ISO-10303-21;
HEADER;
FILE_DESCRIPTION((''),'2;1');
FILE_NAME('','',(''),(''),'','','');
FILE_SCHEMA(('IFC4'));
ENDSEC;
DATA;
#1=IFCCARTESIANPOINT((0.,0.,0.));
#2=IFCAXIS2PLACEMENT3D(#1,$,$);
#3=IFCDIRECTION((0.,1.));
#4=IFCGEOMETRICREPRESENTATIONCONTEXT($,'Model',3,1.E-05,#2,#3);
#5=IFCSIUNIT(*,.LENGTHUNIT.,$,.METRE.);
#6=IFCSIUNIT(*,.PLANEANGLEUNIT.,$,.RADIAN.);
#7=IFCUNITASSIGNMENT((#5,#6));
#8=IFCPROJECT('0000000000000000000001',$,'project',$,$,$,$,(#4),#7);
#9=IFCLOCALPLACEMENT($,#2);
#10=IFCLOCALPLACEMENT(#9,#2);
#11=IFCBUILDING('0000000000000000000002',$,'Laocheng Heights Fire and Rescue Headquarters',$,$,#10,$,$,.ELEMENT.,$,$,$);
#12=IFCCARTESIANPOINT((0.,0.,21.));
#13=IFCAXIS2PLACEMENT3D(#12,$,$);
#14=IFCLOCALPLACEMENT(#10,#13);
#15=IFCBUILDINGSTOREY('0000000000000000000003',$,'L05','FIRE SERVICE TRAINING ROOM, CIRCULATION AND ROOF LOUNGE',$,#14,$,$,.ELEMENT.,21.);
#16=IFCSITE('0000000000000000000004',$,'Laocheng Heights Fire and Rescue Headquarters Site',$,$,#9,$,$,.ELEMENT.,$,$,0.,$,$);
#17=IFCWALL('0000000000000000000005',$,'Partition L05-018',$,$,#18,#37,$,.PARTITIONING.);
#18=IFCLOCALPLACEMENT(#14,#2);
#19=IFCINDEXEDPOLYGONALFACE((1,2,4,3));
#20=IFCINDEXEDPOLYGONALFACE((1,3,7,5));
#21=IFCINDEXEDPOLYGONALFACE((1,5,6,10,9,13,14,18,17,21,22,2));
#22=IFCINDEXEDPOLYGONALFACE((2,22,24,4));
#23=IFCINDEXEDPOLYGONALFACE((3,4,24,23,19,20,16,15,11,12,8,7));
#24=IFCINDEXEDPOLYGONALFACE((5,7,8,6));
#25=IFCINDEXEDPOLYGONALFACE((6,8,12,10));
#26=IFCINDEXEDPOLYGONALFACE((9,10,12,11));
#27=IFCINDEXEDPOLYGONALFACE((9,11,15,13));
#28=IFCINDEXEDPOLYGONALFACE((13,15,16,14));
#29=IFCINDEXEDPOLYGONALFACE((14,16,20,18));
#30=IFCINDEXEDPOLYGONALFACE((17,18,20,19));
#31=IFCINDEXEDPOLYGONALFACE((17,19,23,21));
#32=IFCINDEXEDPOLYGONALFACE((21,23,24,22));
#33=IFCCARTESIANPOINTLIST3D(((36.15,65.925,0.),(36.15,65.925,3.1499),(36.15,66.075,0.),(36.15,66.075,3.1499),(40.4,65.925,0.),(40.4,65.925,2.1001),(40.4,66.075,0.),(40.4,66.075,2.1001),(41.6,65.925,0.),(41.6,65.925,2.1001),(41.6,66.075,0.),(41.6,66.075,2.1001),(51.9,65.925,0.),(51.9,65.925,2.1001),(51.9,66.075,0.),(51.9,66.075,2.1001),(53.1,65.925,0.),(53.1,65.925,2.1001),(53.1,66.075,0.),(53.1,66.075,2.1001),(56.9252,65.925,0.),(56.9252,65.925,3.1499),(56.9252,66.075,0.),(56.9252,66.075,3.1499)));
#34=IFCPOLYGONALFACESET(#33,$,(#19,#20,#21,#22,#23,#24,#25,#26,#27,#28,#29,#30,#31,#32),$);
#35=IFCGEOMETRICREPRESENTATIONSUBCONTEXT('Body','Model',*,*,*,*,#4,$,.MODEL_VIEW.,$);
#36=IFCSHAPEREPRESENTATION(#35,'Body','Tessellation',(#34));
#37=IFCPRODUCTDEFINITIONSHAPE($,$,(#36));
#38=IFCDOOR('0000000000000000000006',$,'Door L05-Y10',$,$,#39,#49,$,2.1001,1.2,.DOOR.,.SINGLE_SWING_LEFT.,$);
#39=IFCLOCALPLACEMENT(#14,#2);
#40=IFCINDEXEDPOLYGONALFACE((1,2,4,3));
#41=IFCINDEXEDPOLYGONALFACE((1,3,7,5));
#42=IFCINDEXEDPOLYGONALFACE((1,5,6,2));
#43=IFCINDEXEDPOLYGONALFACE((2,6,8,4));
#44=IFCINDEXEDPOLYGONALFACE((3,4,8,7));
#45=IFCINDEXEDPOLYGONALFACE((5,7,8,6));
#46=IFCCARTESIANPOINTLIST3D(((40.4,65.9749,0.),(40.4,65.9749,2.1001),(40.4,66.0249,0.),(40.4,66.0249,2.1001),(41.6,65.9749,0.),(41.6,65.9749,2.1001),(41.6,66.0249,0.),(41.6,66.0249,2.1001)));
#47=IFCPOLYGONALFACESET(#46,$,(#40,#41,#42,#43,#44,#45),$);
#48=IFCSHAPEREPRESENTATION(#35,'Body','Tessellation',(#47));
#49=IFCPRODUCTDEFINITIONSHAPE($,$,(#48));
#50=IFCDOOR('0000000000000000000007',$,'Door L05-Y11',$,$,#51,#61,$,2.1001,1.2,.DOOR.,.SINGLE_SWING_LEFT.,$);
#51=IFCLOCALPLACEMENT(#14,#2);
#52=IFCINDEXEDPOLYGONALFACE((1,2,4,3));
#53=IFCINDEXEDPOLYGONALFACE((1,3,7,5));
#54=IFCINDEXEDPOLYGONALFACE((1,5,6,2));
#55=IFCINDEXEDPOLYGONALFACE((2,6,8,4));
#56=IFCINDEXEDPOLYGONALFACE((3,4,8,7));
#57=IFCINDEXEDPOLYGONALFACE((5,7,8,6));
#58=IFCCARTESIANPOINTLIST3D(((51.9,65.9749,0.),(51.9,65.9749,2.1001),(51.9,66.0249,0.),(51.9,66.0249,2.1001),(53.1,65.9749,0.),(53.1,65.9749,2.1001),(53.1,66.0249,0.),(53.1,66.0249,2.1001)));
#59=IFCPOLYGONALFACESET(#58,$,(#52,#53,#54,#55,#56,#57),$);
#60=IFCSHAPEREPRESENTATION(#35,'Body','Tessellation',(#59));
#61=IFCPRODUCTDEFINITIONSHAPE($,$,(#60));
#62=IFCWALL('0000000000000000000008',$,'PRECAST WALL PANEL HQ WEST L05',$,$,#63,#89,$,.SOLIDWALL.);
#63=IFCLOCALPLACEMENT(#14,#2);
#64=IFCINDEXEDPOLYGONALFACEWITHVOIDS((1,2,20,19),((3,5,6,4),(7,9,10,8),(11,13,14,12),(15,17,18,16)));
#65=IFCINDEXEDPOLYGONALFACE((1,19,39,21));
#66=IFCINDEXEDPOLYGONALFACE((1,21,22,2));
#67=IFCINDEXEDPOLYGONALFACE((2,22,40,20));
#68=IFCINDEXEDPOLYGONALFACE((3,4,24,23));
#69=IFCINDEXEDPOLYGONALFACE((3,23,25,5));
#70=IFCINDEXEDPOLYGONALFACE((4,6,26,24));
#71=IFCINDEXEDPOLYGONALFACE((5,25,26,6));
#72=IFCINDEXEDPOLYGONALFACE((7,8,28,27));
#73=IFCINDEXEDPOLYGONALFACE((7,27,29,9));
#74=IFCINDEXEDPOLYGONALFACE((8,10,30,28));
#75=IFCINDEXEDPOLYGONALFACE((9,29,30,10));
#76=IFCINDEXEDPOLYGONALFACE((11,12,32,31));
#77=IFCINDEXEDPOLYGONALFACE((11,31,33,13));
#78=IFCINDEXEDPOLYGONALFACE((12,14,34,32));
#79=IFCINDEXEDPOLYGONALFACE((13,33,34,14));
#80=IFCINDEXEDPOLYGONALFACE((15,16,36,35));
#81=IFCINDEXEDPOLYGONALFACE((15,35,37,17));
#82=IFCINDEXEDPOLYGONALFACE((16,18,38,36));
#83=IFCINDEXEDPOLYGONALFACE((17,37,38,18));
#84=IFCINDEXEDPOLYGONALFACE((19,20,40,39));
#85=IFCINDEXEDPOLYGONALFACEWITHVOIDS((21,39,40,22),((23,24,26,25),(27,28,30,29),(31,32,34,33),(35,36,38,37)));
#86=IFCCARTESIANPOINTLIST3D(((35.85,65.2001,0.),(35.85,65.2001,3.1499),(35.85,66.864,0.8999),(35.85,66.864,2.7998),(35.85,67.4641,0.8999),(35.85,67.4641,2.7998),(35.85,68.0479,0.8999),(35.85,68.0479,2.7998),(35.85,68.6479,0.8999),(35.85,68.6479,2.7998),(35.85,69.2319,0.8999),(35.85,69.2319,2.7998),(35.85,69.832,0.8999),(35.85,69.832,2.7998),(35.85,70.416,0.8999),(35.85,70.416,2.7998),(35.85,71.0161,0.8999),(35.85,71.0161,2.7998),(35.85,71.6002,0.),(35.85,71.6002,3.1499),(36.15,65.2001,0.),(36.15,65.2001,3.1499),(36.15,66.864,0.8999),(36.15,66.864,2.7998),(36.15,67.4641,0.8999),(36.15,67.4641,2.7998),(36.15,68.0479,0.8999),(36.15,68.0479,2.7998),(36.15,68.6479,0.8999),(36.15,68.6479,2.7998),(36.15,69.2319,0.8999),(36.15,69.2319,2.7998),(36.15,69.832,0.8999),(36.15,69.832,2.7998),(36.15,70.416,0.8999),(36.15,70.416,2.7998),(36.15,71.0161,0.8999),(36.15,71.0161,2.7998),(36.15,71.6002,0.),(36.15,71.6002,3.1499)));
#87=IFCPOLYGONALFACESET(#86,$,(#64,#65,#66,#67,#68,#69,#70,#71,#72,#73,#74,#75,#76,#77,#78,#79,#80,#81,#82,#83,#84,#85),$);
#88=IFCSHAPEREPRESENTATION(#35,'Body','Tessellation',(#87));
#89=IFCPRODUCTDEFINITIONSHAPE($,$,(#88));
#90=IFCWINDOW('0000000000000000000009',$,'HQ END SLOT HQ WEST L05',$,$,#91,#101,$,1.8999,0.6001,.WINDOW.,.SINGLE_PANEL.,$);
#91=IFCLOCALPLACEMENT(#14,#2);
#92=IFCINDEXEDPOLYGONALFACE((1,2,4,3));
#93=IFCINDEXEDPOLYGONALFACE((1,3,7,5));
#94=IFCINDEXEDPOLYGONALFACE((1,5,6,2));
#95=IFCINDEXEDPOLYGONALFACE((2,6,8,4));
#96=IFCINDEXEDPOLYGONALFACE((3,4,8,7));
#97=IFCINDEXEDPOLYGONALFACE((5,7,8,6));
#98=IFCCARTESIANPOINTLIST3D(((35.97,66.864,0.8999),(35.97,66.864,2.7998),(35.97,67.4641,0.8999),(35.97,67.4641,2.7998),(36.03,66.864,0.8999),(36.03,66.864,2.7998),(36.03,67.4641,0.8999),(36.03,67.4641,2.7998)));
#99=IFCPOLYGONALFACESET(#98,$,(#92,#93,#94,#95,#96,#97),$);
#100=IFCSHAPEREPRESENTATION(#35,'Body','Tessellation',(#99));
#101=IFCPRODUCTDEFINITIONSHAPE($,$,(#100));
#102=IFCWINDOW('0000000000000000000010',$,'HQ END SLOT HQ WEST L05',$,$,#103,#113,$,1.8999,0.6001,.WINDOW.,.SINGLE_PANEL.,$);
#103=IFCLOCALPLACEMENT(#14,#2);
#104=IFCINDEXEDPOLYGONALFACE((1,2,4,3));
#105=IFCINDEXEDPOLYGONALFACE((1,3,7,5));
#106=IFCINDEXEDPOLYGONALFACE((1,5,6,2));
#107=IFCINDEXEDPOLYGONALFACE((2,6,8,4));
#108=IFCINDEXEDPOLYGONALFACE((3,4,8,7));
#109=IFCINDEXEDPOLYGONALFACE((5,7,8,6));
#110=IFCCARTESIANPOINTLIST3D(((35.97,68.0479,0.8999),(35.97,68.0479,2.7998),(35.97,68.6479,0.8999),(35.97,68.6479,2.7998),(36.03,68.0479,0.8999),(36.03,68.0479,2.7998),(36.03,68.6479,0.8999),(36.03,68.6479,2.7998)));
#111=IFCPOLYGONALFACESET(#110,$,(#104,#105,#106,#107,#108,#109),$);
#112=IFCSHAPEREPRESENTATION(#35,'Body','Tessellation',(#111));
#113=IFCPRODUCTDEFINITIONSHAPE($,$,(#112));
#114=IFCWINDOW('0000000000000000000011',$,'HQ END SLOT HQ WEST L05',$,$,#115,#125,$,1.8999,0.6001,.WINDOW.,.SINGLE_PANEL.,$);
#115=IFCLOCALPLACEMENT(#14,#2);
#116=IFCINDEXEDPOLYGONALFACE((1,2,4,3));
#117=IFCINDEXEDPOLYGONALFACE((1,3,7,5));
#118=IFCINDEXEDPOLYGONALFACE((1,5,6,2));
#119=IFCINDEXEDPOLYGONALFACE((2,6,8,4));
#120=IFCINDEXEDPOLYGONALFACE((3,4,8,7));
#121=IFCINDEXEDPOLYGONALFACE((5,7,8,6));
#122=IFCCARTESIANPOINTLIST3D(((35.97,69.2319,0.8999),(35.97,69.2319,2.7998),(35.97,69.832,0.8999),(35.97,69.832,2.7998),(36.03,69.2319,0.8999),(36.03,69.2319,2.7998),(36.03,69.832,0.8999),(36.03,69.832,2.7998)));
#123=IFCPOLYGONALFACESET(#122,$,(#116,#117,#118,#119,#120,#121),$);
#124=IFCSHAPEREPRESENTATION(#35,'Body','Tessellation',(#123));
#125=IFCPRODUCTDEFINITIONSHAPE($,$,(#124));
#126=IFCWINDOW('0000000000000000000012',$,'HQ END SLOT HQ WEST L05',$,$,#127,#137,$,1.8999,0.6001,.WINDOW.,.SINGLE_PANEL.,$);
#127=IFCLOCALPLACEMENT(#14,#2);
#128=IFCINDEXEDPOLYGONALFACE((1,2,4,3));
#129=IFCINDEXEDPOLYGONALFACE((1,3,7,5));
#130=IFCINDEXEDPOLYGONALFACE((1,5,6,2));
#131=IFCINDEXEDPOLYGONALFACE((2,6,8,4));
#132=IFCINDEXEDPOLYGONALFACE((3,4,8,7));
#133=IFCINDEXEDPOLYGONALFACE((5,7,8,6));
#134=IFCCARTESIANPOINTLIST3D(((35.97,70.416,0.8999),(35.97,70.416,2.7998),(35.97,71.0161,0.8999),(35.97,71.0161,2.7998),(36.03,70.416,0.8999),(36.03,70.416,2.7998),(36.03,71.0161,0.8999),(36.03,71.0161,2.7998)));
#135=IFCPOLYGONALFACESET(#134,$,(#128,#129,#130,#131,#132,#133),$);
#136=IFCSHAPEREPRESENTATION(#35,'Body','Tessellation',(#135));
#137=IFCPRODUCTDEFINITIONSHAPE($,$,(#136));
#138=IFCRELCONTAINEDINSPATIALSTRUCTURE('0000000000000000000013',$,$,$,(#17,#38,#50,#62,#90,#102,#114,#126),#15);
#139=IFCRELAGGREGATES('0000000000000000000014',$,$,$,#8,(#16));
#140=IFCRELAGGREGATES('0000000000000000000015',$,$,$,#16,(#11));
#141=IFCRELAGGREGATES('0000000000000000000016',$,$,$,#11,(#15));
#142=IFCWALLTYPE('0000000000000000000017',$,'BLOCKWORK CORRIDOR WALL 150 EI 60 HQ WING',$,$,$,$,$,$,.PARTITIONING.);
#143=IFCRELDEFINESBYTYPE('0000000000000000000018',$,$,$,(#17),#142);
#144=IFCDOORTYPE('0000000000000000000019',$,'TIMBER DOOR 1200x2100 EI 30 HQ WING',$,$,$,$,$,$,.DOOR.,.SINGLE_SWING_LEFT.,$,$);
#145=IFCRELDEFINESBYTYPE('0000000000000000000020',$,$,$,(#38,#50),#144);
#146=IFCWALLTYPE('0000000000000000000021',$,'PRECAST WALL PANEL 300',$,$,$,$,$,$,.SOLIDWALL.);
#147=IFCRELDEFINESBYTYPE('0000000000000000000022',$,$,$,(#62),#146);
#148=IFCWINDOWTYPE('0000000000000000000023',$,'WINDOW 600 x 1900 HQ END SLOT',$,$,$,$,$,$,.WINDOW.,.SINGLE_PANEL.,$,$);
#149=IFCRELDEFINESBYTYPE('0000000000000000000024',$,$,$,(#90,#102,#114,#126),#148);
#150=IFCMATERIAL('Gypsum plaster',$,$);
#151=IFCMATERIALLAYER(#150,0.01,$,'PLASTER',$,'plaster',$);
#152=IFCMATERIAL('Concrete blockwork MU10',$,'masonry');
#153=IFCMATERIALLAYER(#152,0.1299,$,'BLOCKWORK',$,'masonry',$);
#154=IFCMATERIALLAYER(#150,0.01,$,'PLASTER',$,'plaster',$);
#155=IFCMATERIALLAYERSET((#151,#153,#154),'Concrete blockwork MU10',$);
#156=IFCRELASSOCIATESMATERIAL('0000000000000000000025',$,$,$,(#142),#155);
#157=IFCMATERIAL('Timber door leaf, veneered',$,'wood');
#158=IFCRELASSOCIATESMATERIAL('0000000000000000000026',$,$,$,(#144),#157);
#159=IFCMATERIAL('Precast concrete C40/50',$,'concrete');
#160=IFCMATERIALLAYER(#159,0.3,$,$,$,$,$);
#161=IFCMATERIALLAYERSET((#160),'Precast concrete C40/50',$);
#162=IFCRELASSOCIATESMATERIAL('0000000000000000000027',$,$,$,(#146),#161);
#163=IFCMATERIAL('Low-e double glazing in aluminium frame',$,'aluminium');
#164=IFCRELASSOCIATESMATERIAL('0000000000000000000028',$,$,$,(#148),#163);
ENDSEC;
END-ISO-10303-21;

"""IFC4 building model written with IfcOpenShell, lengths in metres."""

from ifc_helpers import new_model, si_unit, direction, frame, frame_2d, origin, place, context, subcontext, project, spatial, rectangle, extrude, material, layer, layer_set, type_object, element, fill, save


model = new_model("IFC4")

# Units and contexts
model_context = context("Model", 3, precision=1e-05, world=origin(), true_north=direction((0.0, 1.0)))
body_context = subcontext(model_context, "Body", "Model", "MODEL_VIEW")
ifc_project = project(units=[si_unit("LENGTHUNIT", "METRE"), si_unit("PLANEANGLEUNIT", "RADIAN")], contexts=[model_context])

# Site, building, storey
site_placement = place(None, origin())
site = spatial("IfcSite", under=ifc_project, at=site_placement, Name="Laocheng Heights Fire and Rescue Headquarters Site", CompositionType="ELEMENT", RefElevation=0.0)
building_placement = place(site_placement, origin())
building = spatial("IfcBuilding", under=site, at=building_placement, Name="Laocheng Heights Fire and Rescue Headquarters", CompositionType="ELEMENT")
storey_placement = place(building_placement, frame((0.0, 0.0, 21.0)))
storey = spatial("IfcBuildingStorey", under=building, at=storey_placement, Name="L05", Description="FIRE SERVICE TRAINING ROOM, CIRCULATION AND ROOF LOUNGE", CompositionType="ELEMENT", Elevation=21.0)

# Shared definitions
ifc_material_1 = material(Name="Gypsum plaster")
ifc_layer_1 = layer(ifc_material_1, 0.01, Name="PLASTER", Category="plaster")
ifc_material_2 = material(Name="Concrete blockwork MU10", Category="masonry")
ifc_layer_2 = layer(ifc_material_2, 0.1299, Name="BLOCKWORK", Category="masonry")
ifc_layer_3 = layer(ifc_material_1, 0.01, Name="PLASTER", Category="plaster")
ifc_layer_set_1 = layer_set([ifc_layer_1, ifc_layer_2, ifc_layer_3], Name="Concrete blockwork MU10")
wall_type_1 = type_object("IfcWallType", Name="BLOCKWORK CORRIDOR WALL 150 EI 60 HQ WING", PredefinedType="PARTITIONING", material=ifc_layer_set_1)

# Wall, openings, doors
ifc_material_3 = material(Name="Timber door leaf, veneered", Category="wood")
door_type_1 = type_object("IfcDoorType", Name="TIMBER DOOR 1200x2100 EI 30 HQ WING", OperationType="SINGLE_SWING_LEFT", PredefinedType="DOOR", material=ifc_material_3)
wall_1_placement = place(storey_placement, frame((36.1499, 66.0, 0.0), z_axis=(0.0, 0.0, 1.0), x_axis=(1.0, 0.0, 0.0)))
wall_1 = element("IfcWall", 1, at=wall_1_placement, inside=storey, type_object=wall_type_1, Name="Partition L05-018", PredefinedType="PARTITIONING", context=body_context, shape_type="SweptSolid", body=[
    extrude(rectangle(XDim=20.7751, YDim=0.1499, at=frame_2d((10.3877, 0.0))), origin(), (0.0, 0.0, 1.0), 3.1499),
])
opening_1_placement = place(wall_1_placement, frame((4.25, 0.0, 0.0)))
opening_1 = element("IfcOpeningElement", 2, at=opening_1_placement, cuts=wall_1, PredefinedType="OPENING", context=body_context, shape_type="SweptSolid", body=[
    extrude(rectangle(XDim=1.2, YDim=2.1001, at=frame_2d((0.6001, 1.05))), frame((0.0, 0.085, 0.0), z_axis=(0.0, -1.0, 0.0), x_axis=(1.0, 0.0, 0.0)), (0.0, 0.0, 1.0), 0.1699),
])
opening_2_placement = place(wall_1_placement, frame((15.75, 0.0, 0.0)))
opening_2 = element("IfcOpeningElement", 3, at=opening_2_placement, cuts=wall_1, PredefinedType="OPENING", context=body_context, shape_type="SweptSolid", body=[
    extrude(rectangle(XDim=1.2, YDim=2.1001, at=frame_2d((0.6001, 1.05))), frame((0.0, 0.085, 0.0), z_axis=(0.0, -1.0, 0.0), x_axis=(1.0, 0.0, 0.0)), (0.0, 0.0, 1.0), 0.1699),
])
door_1_placement = place(opening_1_placement, origin())
door_1 = element("IfcDoor", 4, at=door_1_placement, inside=storey, type_object=door_type_1, Name="Door L05-Y10", OperationType="SINGLE_SWING_LEFT", OverallHeight=2.1001, OverallWidth=1.2, PredefinedType="DOOR", context=body_context, shape_type="SweptSolid", body=[
    extrude(rectangle(XDim=1.2, YDim=2.1001, at=frame_2d((0.6001, 1.05))), frame((0.0, 0.0249, 0.0), z_axis=(0.0, -1.0, 0.0), x_axis=(1.0, 0.0, 0.0)), (0.0, 0.0, 1.0), 0.05),
])
fill(opening_1, door_1)
door_2_placement = place(opening_2_placement, origin())
door_2 = element("IfcDoor", 5, at=door_2_placement, inside=storey, type_object=door_type_1, Name="Door L05-Y11", OperationType="SINGLE_SWING_LEFT", OverallHeight=2.1001, OverallWidth=1.2, PredefinedType="DOOR", context=body_context, shape_type="SweptSolid", body=[
    extrude(rectangle(XDim=1.2, YDim=2.1001, at=frame_2d((0.6001, 1.05))), frame((0.0, 0.0249, 0.0), z_axis=(0.0, -1.0, 0.0), x_axis=(1.0, 0.0, 0.0)), (0.0, 0.0, 1.0), 0.05),
])
fill(opening_2, door_2)

# Wall, openings, windows
ifc_material_4 = material(Name="Precast concrete C40/50", Category="concrete")
ifc_layer_4 = layer(ifc_material_4, 0.3)
ifc_layer_set_2 = layer_set([ifc_layer_4], Name="Precast concrete C40/50")
wall_type_2 = type_object("IfcWallType", Name="PRECAST WALL PANEL 300", PredefinedType="SOLIDWALL", material=ifc_layer_set_2)
wall_2_placement = place(storey_placement, frame((36.0, 65.2, 0.0), z_axis=(0.0, 0.0, 1.0), x_axis=(0.0, 1.0, 0.0)))
wall_2 = element("IfcWall", 6, at=wall_2_placement, inside=storey, type_object=wall_type_2, Name="PRECAST WALL PANEL HQ WEST L05", PredefinedType="SOLIDWALL", context=body_context, shape_type="SweptSolid", body=[
    extrude(rectangle(XDim=6.4001, YDim=0.3, at=frame_2d((3.2002, 0.0))), origin(), (0.0, 0.0, 1.0), 3.1499),
])
opening_3_placement = place(wall_2_placement, frame((1.6641, 0.0, 0.8999)))
opening_3 = element("IfcOpeningElement", 7, at=opening_3_placement, cuts=wall_2, PredefinedType="OPENING", context=body_context, shape_type="SweptSolid", body=[
    extrude(rectangle(XDim=0.6001, YDim=1.8999, at=frame_2d((0.3, 0.95))), frame((0.0, 0.1599, 0.0), z_axis=(0.0, -1.0, 0.0), x_axis=(1.0, 0.0, 0.0)), (0.0, 0.0, 1.0), 0.3201),
])
opening_4_placement = place(wall_2_placement, frame((2.8479, 0.0, 0.8999)))
opening_4 = element("IfcOpeningElement", 8, at=opening_4_placement, cuts=wall_2, PredefinedType="OPENING", context=body_context, shape_type="SweptSolid", body=[
    extrude(rectangle(XDim=0.6001, YDim=1.8999, at=frame_2d((0.3, 0.95))), frame((0.0, 0.1599, 0.0), z_axis=(0.0, -1.0, 0.0), x_axis=(1.0, 0.0, 0.0)), (0.0, 0.0, 1.0), 0.3201),
])
opening_5_placement = place(wall_2_placement, frame((4.032, 0.0, 0.8999)))
opening_5 = element("IfcOpeningElement", 9, at=opening_5_placement, cuts=wall_2, PredefinedType="OPENING", context=body_context, shape_type="SweptSolid", body=[
    extrude(rectangle(XDim=0.6001, YDim=1.8999, at=frame_2d((0.3, 0.95))), frame((0.0, 0.1599, 0.0), z_axis=(0.0, -1.0, 0.0), x_axis=(1.0, 0.0, 0.0)), (0.0, 0.0, 1.0), 0.3201),
])
opening_6_placement = place(wall_2_placement, frame((5.2161, 0.0, 0.8999)))
opening_6 = element("IfcOpeningElement", 10, at=opening_6_placement, cuts=wall_2, PredefinedType="OPENING", context=body_context, shape_type="SweptSolid", body=[
    extrude(rectangle(XDim=0.6001, YDim=1.8999, at=frame_2d((0.3, 0.95))), frame((0.0, 0.1599, 0.0), z_axis=(0.0, -1.0, 0.0), x_axis=(1.0, 0.0, 0.0)), (0.0, 0.0, 1.0), 0.3201),
])
ifc_material_5 = material(Name="Low-e double glazing in aluminium frame", Category="aluminium")
window_type = type_object("IfcWindowType", Name="WINDOW 600 x 1900 HQ END SLOT", PartitioningType="SINGLE_PANEL", PredefinedType="WINDOW", material=ifc_material_5)
window_1_placement = place(opening_3_placement, origin())
window_1 = element("IfcWindow", 11, at=window_1_placement, inside=storey, type_object=window_type, Name="HQ END SLOT HQ WEST L05", OverallHeight=1.8999, OverallWidth=0.6001, PartitioningType="SINGLE_PANEL", PredefinedType="WINDOW", context=body_context, shape_type="SweptSolid", body=[
    extrude(rectangle(XDim=0.6001, YDim=1.8999, at=frame_2d((0.3, 0.95))), frame((0.0, 0.03, 0.0), z_axis=(0.0, -1.0, 0.0), x_axis=(1.0, 0.0, 0.0)), (0.0, 0.0, 1.0), 0.0601),
])
fill(opening_3, window_1)
window_2_placement = place(opening_4_placement, origin())
window_2 = element("IfcWindow", 12, at=window_2_placement, inside=storey, type_object=window_type, Name="HQ END SLOT HQ WEST L05", OverallHeight=1.8999, OverallWidth=0.6001, PartitioningType="SINGLE_PANEL", PredefinedType="WINDOW", context=body_context, shape_type="SweptSolid", body=[
    extrude(rectangle(XDim=0.6001, YDim=1.8999, at=frame_2d((0.3, 0.95))), frame((0.0, 0.03, 0.0), z_axis=(0.0, -1.0, 0.0), x_axis=(1.0, 0.0, 0.0)), (0.0, 0.0, 1.0), 0.0601),
])
fill(opening_4, window_2)
window_3_placement = place(opening_5_placement, origin())
window_3 = element("IfcWindow", 13, at=window_3_placement, inside=storey, type_object=window_type, Name="HQ END SLOT HQ WEST L05", OverallHeight=1.8999, OverallWidth=0.6001, PartitioningType="SINGLE_PANEL", PredefinedType="WINDOW", context=body_context, shape_type="SweptSolid", body=[
    extrude(rectangle(XDim=0.6001, YDim=1.8999, at=frame_2d((0.3, 0.95))), frame((0.0, 0.03, 0.0), z_axis=(0.0, -1.0, 0.0), x_axis=(1.0, 0.0, 0.0)), (0.0, 0.0, 1.0), 0.0601),
])
fill(opening_5, window_3)
window_4_placement = place(opening_6_placement, origin())
window_4 = element("IfcWindow", 14, at=window_4_placement, inside=storey, type_object=window_type, Name="HQ END SLOT HQ WEST L05", OverallHeight=1.8999, OverallWidth=0.6001, PartitioningType="SINGLE_PANEL", PredefinedType="WINDOW", context=body_context, shape_type="SweptSolid", body=[
    extrude(rectangle(XDim=0.6001, YDim=1.8999, at=frame_2d((0.3, 0.95))), frame((0.0, 0.03, 0.0), z_axis=(0.0, -1.0, 0.0), x_axis=(1.0, 0.0, 0.0)), (0.0, 0.0, 1.0), 0.0601),
])
fill(opening_6, window_4)

save(model, "model.ifc")
